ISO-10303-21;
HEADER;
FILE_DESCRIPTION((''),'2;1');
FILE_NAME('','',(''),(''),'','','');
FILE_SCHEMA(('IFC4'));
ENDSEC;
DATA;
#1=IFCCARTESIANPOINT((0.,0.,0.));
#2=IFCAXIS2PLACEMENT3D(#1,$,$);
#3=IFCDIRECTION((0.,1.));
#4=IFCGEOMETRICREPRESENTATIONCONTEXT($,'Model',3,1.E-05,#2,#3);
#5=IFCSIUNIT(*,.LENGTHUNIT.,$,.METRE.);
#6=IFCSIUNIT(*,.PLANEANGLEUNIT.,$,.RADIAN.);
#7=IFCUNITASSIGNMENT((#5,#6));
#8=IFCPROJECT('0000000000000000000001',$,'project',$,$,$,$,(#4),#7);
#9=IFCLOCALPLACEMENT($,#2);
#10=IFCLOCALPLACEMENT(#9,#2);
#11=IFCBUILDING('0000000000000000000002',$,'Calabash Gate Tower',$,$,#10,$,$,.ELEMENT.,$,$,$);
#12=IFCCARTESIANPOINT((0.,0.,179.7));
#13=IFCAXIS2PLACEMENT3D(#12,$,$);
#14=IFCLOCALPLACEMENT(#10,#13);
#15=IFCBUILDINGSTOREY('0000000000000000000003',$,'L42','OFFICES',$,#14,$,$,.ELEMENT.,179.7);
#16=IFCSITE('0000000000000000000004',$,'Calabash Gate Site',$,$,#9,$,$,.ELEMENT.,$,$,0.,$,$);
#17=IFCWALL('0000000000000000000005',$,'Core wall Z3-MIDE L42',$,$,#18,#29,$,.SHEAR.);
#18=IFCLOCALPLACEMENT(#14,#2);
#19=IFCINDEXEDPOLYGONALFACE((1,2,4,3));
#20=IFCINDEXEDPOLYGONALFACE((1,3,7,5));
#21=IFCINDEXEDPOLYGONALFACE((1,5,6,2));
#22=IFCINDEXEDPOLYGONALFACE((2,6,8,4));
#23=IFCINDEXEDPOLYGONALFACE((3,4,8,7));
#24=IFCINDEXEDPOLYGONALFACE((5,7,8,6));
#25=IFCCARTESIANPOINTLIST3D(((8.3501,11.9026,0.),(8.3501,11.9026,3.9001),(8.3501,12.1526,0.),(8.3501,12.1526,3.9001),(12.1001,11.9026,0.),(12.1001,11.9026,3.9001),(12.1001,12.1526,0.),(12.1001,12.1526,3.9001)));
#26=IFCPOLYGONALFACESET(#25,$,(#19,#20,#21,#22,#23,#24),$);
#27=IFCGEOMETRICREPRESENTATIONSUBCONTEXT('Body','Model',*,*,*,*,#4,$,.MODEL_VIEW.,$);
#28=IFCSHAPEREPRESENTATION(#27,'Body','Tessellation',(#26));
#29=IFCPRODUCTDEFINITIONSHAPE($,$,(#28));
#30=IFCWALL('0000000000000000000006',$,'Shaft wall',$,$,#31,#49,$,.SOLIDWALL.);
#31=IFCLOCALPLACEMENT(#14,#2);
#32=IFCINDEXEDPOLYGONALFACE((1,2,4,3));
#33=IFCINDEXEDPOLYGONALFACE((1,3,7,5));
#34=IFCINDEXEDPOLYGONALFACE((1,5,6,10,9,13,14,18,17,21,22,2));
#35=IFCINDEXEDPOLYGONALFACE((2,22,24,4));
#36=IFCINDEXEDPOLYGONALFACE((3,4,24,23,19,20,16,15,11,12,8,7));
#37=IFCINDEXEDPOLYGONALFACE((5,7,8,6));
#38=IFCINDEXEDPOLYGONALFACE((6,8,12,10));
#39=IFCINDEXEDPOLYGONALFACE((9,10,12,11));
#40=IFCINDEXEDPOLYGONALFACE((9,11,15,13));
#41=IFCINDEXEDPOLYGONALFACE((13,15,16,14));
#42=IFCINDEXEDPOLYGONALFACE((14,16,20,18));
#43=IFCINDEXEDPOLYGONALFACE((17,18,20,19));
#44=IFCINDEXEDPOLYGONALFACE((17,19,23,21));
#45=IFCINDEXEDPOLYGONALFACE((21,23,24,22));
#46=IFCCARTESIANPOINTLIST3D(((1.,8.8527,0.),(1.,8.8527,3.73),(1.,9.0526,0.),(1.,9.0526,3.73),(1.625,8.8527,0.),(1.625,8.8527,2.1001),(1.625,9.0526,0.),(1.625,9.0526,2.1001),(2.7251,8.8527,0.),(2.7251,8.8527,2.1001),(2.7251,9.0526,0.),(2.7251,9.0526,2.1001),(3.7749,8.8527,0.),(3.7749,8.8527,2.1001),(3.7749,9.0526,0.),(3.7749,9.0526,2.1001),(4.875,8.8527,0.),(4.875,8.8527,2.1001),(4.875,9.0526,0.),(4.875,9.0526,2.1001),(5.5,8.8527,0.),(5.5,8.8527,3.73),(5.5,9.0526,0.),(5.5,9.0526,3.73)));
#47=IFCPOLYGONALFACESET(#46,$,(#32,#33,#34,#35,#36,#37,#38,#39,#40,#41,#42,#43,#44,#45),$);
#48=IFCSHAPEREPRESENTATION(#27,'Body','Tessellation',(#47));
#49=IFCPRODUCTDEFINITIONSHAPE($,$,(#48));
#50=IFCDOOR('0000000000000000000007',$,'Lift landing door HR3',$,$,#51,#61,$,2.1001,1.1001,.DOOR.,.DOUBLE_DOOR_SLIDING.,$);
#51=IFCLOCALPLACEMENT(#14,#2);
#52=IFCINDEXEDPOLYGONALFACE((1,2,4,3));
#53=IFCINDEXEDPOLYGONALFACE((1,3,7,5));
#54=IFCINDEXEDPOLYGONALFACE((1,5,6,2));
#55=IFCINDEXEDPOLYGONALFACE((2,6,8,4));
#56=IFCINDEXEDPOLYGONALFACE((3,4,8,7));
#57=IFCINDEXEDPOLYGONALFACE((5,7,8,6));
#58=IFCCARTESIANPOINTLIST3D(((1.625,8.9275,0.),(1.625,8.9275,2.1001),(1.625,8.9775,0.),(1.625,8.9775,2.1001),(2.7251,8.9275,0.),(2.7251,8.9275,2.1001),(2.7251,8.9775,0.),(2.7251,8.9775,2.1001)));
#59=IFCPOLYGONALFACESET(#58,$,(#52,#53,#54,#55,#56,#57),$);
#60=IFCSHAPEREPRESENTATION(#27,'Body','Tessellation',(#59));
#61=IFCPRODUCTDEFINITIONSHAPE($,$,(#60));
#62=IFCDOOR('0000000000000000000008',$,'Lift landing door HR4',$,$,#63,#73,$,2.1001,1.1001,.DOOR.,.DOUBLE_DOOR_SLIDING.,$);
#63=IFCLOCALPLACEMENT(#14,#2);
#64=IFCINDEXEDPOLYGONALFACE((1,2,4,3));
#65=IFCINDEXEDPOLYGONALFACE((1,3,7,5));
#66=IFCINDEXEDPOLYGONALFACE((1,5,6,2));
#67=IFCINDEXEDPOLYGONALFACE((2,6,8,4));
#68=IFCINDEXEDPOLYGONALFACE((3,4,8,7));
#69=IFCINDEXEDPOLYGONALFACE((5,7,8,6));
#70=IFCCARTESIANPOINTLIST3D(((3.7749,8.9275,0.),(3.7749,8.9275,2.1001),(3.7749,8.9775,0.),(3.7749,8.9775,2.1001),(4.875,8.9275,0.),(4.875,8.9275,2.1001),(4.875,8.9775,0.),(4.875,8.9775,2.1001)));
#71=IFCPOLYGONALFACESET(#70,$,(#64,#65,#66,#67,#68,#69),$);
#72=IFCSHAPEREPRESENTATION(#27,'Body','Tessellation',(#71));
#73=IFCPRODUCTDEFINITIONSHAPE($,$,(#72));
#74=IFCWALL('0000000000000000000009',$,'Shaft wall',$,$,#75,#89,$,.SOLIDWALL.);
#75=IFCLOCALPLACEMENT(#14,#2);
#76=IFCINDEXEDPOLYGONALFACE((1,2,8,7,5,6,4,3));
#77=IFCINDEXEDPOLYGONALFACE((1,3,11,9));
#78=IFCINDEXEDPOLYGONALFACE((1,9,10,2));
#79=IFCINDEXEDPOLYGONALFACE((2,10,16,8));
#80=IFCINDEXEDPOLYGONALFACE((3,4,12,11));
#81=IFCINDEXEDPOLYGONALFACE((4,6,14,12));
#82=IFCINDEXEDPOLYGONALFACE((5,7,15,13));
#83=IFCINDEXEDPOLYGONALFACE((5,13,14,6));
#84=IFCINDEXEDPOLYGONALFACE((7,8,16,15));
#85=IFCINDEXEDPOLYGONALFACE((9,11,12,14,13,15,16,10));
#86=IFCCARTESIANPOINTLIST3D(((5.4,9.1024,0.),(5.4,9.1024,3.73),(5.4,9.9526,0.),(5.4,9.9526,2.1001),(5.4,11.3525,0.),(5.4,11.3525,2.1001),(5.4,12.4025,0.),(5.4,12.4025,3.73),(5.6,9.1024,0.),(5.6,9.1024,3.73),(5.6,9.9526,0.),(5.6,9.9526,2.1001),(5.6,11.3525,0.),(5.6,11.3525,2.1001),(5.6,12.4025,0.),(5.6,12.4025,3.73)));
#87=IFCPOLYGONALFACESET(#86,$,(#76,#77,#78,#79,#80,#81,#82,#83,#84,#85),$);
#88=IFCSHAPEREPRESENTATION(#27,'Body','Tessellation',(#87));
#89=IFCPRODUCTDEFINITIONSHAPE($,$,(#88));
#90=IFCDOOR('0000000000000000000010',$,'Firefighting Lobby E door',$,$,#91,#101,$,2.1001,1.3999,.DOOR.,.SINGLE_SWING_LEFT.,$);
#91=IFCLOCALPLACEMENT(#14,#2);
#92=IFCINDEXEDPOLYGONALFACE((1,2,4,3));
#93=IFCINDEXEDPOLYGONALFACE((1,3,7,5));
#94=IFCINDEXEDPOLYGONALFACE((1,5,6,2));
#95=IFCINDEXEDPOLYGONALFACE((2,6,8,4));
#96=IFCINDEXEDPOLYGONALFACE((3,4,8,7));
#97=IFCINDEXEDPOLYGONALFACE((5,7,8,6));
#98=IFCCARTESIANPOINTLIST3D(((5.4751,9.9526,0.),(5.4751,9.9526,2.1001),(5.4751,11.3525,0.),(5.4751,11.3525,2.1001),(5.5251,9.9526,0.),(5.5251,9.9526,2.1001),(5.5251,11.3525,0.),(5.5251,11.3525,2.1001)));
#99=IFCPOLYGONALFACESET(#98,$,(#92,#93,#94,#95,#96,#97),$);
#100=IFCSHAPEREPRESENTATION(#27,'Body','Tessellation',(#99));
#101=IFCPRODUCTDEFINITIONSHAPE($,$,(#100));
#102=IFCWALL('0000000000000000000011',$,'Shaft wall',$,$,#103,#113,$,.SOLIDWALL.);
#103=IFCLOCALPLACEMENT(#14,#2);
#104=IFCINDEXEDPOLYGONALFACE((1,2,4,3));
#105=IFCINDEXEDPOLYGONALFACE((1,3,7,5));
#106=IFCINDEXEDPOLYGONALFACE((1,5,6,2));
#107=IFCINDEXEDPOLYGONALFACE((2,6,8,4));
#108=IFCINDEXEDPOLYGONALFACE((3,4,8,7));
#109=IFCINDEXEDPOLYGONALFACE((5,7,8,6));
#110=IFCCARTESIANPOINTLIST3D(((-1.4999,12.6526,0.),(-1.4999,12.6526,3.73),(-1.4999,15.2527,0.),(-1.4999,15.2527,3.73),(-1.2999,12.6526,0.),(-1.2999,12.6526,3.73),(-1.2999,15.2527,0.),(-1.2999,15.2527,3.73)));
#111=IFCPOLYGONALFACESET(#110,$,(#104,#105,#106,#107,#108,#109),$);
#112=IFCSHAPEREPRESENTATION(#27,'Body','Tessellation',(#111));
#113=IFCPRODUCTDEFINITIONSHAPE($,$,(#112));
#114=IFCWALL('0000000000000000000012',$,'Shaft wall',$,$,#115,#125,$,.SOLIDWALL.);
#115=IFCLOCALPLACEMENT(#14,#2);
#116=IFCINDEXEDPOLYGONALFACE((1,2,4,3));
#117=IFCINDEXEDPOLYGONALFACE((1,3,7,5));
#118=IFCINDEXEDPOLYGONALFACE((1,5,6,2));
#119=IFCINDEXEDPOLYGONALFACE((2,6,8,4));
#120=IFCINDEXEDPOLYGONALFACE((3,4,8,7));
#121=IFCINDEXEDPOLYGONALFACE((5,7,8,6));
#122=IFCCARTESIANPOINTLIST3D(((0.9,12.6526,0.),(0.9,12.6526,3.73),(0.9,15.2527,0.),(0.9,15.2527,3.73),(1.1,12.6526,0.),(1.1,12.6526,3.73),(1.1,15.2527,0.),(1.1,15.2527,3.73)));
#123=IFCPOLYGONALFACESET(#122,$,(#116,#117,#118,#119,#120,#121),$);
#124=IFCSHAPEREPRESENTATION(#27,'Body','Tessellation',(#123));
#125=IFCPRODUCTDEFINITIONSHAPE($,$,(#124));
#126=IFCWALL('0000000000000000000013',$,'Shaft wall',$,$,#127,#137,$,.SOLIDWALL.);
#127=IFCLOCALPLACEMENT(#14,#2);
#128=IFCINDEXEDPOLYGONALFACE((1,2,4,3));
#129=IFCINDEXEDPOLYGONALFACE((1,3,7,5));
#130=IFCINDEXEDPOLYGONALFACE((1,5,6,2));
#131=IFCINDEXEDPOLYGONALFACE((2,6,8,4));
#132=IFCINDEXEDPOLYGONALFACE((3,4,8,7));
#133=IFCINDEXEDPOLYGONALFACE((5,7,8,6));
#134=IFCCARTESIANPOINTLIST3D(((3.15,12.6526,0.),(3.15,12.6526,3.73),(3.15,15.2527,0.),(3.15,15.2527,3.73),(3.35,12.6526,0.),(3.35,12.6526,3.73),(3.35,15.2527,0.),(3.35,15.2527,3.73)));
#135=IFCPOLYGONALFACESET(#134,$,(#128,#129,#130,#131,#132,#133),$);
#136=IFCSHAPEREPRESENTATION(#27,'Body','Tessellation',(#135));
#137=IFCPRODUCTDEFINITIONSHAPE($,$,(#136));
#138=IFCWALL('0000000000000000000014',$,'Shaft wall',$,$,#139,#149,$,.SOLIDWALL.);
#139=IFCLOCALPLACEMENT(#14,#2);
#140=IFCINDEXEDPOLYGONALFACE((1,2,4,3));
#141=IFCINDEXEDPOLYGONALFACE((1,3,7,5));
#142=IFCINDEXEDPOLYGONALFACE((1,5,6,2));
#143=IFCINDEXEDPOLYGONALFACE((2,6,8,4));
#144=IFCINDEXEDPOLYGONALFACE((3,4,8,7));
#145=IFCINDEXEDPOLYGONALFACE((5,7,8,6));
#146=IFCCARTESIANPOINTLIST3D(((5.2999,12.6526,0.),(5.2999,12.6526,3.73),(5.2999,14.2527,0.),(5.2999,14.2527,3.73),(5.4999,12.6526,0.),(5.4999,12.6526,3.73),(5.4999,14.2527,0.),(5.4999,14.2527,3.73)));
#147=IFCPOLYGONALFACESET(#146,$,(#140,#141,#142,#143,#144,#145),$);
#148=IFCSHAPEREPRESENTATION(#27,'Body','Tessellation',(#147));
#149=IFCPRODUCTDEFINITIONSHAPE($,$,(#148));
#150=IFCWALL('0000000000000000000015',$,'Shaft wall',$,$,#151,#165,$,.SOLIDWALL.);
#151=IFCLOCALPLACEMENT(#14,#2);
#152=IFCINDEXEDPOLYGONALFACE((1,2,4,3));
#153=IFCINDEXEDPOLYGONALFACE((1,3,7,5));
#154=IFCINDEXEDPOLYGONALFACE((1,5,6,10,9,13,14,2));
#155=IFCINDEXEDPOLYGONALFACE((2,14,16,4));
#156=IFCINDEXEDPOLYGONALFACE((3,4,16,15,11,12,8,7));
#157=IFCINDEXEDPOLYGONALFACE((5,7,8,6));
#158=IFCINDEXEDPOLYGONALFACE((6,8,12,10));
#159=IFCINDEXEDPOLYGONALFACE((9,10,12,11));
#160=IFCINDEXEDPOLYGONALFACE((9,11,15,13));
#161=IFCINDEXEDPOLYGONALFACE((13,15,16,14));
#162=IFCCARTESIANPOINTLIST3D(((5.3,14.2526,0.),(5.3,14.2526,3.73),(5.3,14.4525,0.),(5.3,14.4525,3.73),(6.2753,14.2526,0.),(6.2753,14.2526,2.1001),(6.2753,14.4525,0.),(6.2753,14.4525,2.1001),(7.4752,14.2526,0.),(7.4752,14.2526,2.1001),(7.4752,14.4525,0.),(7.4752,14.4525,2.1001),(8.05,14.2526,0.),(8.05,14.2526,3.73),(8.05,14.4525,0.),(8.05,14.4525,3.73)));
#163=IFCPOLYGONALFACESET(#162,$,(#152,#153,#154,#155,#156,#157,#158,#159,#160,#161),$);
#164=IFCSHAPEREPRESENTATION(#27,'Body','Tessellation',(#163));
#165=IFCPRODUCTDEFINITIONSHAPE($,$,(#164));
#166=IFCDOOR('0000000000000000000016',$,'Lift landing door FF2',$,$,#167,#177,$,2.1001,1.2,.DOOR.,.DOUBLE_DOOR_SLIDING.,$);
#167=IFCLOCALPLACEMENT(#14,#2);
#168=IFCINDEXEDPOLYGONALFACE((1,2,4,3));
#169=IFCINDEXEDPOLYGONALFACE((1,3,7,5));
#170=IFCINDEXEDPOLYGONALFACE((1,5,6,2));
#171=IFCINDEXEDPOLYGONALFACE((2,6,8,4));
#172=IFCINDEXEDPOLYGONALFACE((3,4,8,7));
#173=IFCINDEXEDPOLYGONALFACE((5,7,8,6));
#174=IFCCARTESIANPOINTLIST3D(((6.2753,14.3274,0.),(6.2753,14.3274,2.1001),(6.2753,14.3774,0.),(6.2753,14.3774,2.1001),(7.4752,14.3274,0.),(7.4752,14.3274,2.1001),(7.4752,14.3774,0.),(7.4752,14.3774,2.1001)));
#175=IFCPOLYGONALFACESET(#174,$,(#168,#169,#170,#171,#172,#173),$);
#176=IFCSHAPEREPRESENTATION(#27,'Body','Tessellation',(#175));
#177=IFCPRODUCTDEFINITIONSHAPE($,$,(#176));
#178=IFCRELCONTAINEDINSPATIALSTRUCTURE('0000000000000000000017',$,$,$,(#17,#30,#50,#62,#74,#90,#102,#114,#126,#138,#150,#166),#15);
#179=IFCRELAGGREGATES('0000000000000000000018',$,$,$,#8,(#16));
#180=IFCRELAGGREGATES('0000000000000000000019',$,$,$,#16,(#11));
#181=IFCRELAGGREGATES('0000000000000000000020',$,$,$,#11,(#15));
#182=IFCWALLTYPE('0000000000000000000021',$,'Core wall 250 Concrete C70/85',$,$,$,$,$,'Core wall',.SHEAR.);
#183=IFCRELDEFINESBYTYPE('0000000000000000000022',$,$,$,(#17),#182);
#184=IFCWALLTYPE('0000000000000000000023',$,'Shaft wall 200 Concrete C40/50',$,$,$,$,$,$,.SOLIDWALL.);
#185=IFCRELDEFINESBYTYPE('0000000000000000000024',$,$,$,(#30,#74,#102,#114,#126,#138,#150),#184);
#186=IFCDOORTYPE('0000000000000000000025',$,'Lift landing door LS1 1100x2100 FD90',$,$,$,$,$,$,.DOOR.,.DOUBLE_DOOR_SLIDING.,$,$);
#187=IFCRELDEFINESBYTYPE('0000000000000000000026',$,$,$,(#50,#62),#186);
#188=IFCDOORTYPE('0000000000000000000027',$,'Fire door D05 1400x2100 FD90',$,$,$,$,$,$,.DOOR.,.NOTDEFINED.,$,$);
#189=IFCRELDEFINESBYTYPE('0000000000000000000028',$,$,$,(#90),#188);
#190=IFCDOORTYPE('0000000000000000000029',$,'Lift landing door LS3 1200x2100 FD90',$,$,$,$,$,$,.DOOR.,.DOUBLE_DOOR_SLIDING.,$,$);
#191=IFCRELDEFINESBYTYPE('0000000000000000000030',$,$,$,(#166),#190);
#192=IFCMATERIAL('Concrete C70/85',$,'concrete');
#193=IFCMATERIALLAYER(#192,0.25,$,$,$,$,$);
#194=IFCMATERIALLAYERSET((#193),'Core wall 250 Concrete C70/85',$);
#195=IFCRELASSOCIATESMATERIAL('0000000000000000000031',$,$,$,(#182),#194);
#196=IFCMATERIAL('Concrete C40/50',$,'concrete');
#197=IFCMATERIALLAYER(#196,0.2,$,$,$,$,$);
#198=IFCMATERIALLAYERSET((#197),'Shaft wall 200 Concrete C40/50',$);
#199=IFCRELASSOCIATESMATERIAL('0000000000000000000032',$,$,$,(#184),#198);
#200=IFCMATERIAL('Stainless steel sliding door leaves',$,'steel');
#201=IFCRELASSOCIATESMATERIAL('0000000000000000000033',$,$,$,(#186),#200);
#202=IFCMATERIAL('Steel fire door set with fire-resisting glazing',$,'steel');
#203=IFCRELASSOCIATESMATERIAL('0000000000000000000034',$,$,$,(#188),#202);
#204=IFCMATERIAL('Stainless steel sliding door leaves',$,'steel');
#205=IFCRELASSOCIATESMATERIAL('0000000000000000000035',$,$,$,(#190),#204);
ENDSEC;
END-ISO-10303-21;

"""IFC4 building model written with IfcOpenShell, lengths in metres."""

from ifc_helpers import new_model, si_unit, direction, frame, frame_2d, origin, place, context, subcontext, project, spatial, rectangle, extrude, material, layer, layer_set, type_object, element, fill, save


model = new_model("IFC4")

# Units and contexts
model_context = context("Model", 3, precision=1e-05, world=origin(), true_north=direction((0.0, 1.0)))
body_context = subcontext(model_context, "Body", "Model", "MODEL_VIEW")
ifc_project = project(units=[si_unit("LENGTHUNIT", "METRE"), si_unit("PLANEANGLEUNIT", "RADIAN")], contexts=[model_context])

# Site, building, storey
site_placement = place(None, origin())
site = spatial("IfcSite", under=ifc_project, at=site_placement, Name="Calabash Gate Site", CompositionType="ELEMENT", RefElevation=0.0)
building_placement = place(site_placement, origin())
building = spatial("IfcBuilding", under=site, at=building_placement, Name="Calabash Gate Tower", CompositionType="ELEMENT")
storey_placement = place(building_placement, frame((0.0, 0.0, 179.7)))
storey = spatial("IfcBuildingStorey", under=building, at=storey_placement, Name="L42", Description="OFFICES", CompositionType="ELEMENT", Elevation=179.7)

# Wall
ifc_material_1 = material(Name="Concrete C70/85", Category="concrete")
ifc_layer_1 = layer(ifc_material_1, 0.25)
ifc_layer_set_1 = layer_set([ifc_layer_1], Name="Core wall 250 Concrete C70/85")
wall_type_1 = type_object("IfcWallType", Name="Core wall 250 Concrete C70/85", ElementType="Core wall", PredefinedType="SHEAR", material=ifc_layer_set_1)
wall_1_placement = place(storey_placement, frame((8.3501, 12.0276, 0.0), z_axis=(0.0, 0.0, 1.0), x_axis=(1.0, 0.0, 0.0)))
element("IfcWall", 1, at=wall_1_placement, inside=storey, type_object=wall_type_1, Name="Core wall Z3-MIDE L42", PredefinedType="SHEAR", context=body_context, shape_type="SweptSolid", body=[
    extrude(rectangle(XDim=3.75, YDim=0.25, at=frame_2d((1.875, 0.0))), origin(), (0.0, 0.0, 1.0), 3.9001),
])

# Wall, openings, doors
ifc_material_2 = material(Name="Concrete C40/50", Category="concrete")
ifc_layer_2 = layer(ifc_material_2, 0.2)
ifc_layer_set_2 = layer_set([ifc_layer_2], Name="Shaft wall 200 Concrete C40/50")
wall_type_2 = type_object("IfcWallType", Name="Shaft wall 200 Concrete C40/50", PredefinedType="SOLIDWALL", material=ifc_layer_set_2)
wall_2_placement = place(storey_placement, frame((1.0, 8.9526, 0.0), z_axis=(0.0, 0.0, 1.0), x_axis=(1.0, 0.0, 0.0)))
wall_2 = element("IfcWall", 2, at=wall_2_placement, inside=storey, type_object=wall_type_2, Name="Shaft wall", PredefinedType="SOLIDWALL", context=body_context, shape_type="SweptSolid", body=[
    extrude(rectangle(XDim=4.5, YDim=0.2, at=frame_2d((2.25, 0.0))), origin(), (0.0, 0.0, 1.0), 3.73),
])
opening_1_placement = place(wall_2_placement, frame((0.625, 0.0, 0.0)))
opening_1 = element("IfcOpeningElement", 3, at=opening_1_placement, cuts=wall_2, PredefinedType="OPENING", context=body_context, shape_type="SweptSolid", body=[
    extrude(rectangle(XDim=1.1001, YDim=2.1001, at=frame_2d((0.55, 1.05))), frame((0.0, 0.1099, 0.0), z_axis=(0.0, -1.0, 0.0), x_axis=(1.0, 0.0, 0.0)), (0.0, 0.0, 1.0), 0.22),
])
opening_2_placement = place(wall_2_placement, frame((2.7749, 0.0, 0.0)))
opening_2 = element("IfcOpeningElement", 4, at=opening_2_placement, cuts=wall_2, PredefinedType="OPENING", context=body_context, shape_type="SweptSolid", body=[
    extrude(rectangle(XDim=1.1001, YDim=2.1001, at=frame_2d((0.55, 1.05))), frame((0.0, 0.1099, 0.0), z_axis=(0.0, -1.0, 0.0), x_axis=(1.0, 0.0, 0.0)), (0.0, 0.0, 1.0), 0.22),
])
ifc_material_3 = material(Name="Stainless steel sliding door leaves", Category="steel")
door_type_1 = type_object("IfcDoorType", Name="Lift landing door LS1 1100x2100 FD90", OperationType="DOUBLE_DOOR_SLIDING", PredefinedType="DOOR", material=ifc_material_3)
door_1_placement = place(opening_1_placement, origin())
door_1 = element("IfcDoor", 5, at=door_1_placement, inside=storey, type_object=door_type_1, Name="Lift landing door HR3", OperationType="DOUBLE_DOOR_SLIDING", OverallHeight=2.1001, OverallWidth=1.1001, PredefinedType="DOOR", context=body_context, shape_type="SweptSolid", body=[
    extrude(rectangle(XDim=1.1001, YDim=2.1001, at=frame_2d((0.55, 1.05))), frame((0.0, 0.0249, 0.0), z_axis=(0.0, -1.0, 0.0), x_axis=(1.0, 0.0, 0.0)), (0.0, 0.0, 1.0), 0.05),
])
fill(opening_1, door_1)
door_2_placement = place(opening_2_placement, origin())
door_2 = element("IfcDoor", 6, at=door_2_placement, inside=storey, type_object=door_type_1, Name="Lift landing door HR4", OperationType="DOUBLE_DOOR_SLIDING", OverallHeight=2.1001, OverallWidth=1.1001, PredefinedType="DOOR", context=body_context, shape_type="SweptSolid", body=[
    extrude(rectangle(XDim=1.1001, YDim=2.1001, at=frame_2d((0.55, 1.05))), frame((0.0, 0.0249, 0.0), z_axis=(0.0, -1.0, 0.0), x_axis=(1.0, 0.0, 0.0)), (0.0, 0.0, 1.0), 0.05),
])
fill(opening_2, door_2)

# Wall, opening, door
wall_3_placement = place(storey_placement, frame((5.5, 9.1025, 0.0), z_axis=(0.0, 0.0, 1.0), x_axis=(0.0, 1.0, 0.0)))
wall_3 = element("IfcWall", 7, at=wall_3_placement, inside=storey, type_object=wall_type_2, Name="Shaft wall", PredefinedType="SOLIDWALL", context=body_context, shape_type="SweptSolid", body=[
    extrude(rectangle(XDim=3.3, YDim=0.2, at=frame_2d((1.6499, 0.0))), origin(), (0.0, 0.0, 1.0), 3.73),
])
opening_3_placement = place(wall_3_placement, frame((0.8501, 0.0, 0.0)))
opening_3 = element("IfcOpeningElement", 8, at=opening_3_placement, cuts=wall_3, PredefinedType="OPENING", context=body_context, shape_type="SweptSolid", body=[
    extrude(rectangle(XDim=1.3999, YDim=2.1001, at=frame_2d((0.7, 1.05))), frame((0.0, 0.1099, 0.0), z_axis=(0.0, -1.0, 0.0), x_axis=(1.0, 0.0, 0.0)), (0.0, 0.0, 1.0), 0.22),
])
ifc_material_4 = material(Name="Steel fire door set with fire-resisting glazing", Category="steel")
door_type_2 = type_object("IfcDoorType", Name="Fire door D05 1400x2100 FD90", OperationType="NOTDEFINED", PredefinedType="DOOR", material=ifc_material_4)
door_3_placement = place(opening_3_placement, origin())
door_3 = element("IfcDoor", 9, at=door_3_placement, inside=storey, type_object=door_type_2, Name="Firefighting Lobby E door", OperationType="SINGLE_SWING_LEFT", OverallHeight=2.1001, OverallWidth=1.3999, PredefinedType="DOOR", context=body_context, shape_type="SweptSolid", body=[
    extrude(rectangle(XDim=1.3999, YDim=2.1001, at=frame_2d((0.7, 1.05))), frame((0.0, 0.0249, 0.0), z_axis=(0.0, -1.0, 0.0), x_axis=(1.0, 0.0, 0.0)), (0.0, 0.0, 1.0), 0.05),
])
fill(opening_3, door_3)

# Walls
for number, where, z_axis, x_axis, name in (
    (10, (-1.3999, 12.6526, 0.0), (0.0, 0.0, 1.0), (0.0, 1.0, 0.0), "Shaft wall"),
    (11, (1.0, 12.6526, 0.0), (0.0, 0.0, 1.0), (0.0, 1.0, 0.0), "Shaft wall"),
    (12, (3.25, 12.6526, 0.0), (0.0, 0.0, 1.0), (0.0, 1.0, 0.0), "Shaft wall"),
):
    element("IfcWall", number, at=place(storey_placement, frame(where, z_axis=z_axis, x_axis=x_axis)), inside=storey, type_object=wall_type_2, Name=name, PredefinedType="SOLIDWALL", context=body_context, shape_type="SweptSolid", body=[
        extrude(rectangle(XDim=2.6001, YDim=0.2, at=frame_2d((1.3, 0.0))), origin(), (0.0, 0.0, 1.0), 3.73),
    ])
wall_4_placement = place(storey_placement, frame((5.3999, 12.6526, 0.0), z_axis=(0.0, 0.0, 1.0), x_axis=(0.0, 1.0, 0.0)))
element("IfcWall", 13, at=wall_4_placement, inside=storey, type_object=wall_type_2, Name="Shaft wall", PredefinedType="SOLIDWALL", context=body_context, shape_type="SweptSolid", body=[
    extrude(rectangle(XDim=1.6001, YDim=0.2, at=frame_2d((0.8, 0.0))), origin(), (0.0, 0.0, 1.0), 3.73),
])

# Wall, opening, door
wall_5_placement = place(storey_placement, frame((5.3, 14.3525, 0.0), z_axis=(0.0, 0.0, 1.0), x_axis=(1.0, 0.0, 0.0)))
wall_5 = element("IfcWall", 14, at=wall_5_placement, inside=storey, type_object=wall_type_2, Name="Shaft wall", PredefinedType="SOLIDWALL", context=body_context, shape_type="SweptSolid", body=[
    extrude(rectangle(XDim=2.75, YDim=0.2, at=frame_2d((1.375, 0.0))), origin(), (0.0, 0.0, 1.0), 3.73),
])
opening_4_placement = place(wall_5_placement, frame((0.9751, 0.0, 0.0)))
opening_4 = element("IfcOpeningElement", 15, at=opening_4_placement, cuts=wall_5, PredefinedType="OPENING", context=body_context, shape_type="SweptSolid", body=[
    extrude(rectangle(XDim=1.2, YDim=2.1001, at=frame_2d((0.6001, 1.05))), frame((0.0, 0.1099, 0.0), z_axis=(0.0, -1.0, 0.0), x_axis=(1.0, 0.0, 0.0)), (0.0, 0.0, 1.0), 0.22),
])
ifc_material_5 = material(Name="Stainless steel sliding door leaves", Category="steel")
door_type_3 = type_object("IfcDoorType", Name="Lift landing door LS3 1200x2100 FD90", OperationType="DOUBLE_DOOR_SLIDING", PredefinedType="DOOR", material=ifc_material_5)
door_4_placement = place(opening_4_placement, origin())
door_4 = element("IfcDoor", 16, at=door_4_placement, inside=storey, type_object=door_type_3, Name="Lift landing door FF2", OperationType="DOUBLE_DOOR_SLIDING", OverallHeight=2.1001, OverallWidth=1.2, PredefinedType="DOOR", context=body_context, shape_type="SweptSolid", body=[
    extrude(rectangle(XDim=1.2, YDim=2.1001, at=frame_2d((0.6001, 1.05))), frame((0.0, 0.0249, 0.0), z_axis=(0.0, -1.0, 0.0), x_axis=(1.0, 0.0, 0.0)), (0.0, 0.0, 1.0), 0.05),
])
fill(opening_4, door_4)

save(model, "model.ifc")
